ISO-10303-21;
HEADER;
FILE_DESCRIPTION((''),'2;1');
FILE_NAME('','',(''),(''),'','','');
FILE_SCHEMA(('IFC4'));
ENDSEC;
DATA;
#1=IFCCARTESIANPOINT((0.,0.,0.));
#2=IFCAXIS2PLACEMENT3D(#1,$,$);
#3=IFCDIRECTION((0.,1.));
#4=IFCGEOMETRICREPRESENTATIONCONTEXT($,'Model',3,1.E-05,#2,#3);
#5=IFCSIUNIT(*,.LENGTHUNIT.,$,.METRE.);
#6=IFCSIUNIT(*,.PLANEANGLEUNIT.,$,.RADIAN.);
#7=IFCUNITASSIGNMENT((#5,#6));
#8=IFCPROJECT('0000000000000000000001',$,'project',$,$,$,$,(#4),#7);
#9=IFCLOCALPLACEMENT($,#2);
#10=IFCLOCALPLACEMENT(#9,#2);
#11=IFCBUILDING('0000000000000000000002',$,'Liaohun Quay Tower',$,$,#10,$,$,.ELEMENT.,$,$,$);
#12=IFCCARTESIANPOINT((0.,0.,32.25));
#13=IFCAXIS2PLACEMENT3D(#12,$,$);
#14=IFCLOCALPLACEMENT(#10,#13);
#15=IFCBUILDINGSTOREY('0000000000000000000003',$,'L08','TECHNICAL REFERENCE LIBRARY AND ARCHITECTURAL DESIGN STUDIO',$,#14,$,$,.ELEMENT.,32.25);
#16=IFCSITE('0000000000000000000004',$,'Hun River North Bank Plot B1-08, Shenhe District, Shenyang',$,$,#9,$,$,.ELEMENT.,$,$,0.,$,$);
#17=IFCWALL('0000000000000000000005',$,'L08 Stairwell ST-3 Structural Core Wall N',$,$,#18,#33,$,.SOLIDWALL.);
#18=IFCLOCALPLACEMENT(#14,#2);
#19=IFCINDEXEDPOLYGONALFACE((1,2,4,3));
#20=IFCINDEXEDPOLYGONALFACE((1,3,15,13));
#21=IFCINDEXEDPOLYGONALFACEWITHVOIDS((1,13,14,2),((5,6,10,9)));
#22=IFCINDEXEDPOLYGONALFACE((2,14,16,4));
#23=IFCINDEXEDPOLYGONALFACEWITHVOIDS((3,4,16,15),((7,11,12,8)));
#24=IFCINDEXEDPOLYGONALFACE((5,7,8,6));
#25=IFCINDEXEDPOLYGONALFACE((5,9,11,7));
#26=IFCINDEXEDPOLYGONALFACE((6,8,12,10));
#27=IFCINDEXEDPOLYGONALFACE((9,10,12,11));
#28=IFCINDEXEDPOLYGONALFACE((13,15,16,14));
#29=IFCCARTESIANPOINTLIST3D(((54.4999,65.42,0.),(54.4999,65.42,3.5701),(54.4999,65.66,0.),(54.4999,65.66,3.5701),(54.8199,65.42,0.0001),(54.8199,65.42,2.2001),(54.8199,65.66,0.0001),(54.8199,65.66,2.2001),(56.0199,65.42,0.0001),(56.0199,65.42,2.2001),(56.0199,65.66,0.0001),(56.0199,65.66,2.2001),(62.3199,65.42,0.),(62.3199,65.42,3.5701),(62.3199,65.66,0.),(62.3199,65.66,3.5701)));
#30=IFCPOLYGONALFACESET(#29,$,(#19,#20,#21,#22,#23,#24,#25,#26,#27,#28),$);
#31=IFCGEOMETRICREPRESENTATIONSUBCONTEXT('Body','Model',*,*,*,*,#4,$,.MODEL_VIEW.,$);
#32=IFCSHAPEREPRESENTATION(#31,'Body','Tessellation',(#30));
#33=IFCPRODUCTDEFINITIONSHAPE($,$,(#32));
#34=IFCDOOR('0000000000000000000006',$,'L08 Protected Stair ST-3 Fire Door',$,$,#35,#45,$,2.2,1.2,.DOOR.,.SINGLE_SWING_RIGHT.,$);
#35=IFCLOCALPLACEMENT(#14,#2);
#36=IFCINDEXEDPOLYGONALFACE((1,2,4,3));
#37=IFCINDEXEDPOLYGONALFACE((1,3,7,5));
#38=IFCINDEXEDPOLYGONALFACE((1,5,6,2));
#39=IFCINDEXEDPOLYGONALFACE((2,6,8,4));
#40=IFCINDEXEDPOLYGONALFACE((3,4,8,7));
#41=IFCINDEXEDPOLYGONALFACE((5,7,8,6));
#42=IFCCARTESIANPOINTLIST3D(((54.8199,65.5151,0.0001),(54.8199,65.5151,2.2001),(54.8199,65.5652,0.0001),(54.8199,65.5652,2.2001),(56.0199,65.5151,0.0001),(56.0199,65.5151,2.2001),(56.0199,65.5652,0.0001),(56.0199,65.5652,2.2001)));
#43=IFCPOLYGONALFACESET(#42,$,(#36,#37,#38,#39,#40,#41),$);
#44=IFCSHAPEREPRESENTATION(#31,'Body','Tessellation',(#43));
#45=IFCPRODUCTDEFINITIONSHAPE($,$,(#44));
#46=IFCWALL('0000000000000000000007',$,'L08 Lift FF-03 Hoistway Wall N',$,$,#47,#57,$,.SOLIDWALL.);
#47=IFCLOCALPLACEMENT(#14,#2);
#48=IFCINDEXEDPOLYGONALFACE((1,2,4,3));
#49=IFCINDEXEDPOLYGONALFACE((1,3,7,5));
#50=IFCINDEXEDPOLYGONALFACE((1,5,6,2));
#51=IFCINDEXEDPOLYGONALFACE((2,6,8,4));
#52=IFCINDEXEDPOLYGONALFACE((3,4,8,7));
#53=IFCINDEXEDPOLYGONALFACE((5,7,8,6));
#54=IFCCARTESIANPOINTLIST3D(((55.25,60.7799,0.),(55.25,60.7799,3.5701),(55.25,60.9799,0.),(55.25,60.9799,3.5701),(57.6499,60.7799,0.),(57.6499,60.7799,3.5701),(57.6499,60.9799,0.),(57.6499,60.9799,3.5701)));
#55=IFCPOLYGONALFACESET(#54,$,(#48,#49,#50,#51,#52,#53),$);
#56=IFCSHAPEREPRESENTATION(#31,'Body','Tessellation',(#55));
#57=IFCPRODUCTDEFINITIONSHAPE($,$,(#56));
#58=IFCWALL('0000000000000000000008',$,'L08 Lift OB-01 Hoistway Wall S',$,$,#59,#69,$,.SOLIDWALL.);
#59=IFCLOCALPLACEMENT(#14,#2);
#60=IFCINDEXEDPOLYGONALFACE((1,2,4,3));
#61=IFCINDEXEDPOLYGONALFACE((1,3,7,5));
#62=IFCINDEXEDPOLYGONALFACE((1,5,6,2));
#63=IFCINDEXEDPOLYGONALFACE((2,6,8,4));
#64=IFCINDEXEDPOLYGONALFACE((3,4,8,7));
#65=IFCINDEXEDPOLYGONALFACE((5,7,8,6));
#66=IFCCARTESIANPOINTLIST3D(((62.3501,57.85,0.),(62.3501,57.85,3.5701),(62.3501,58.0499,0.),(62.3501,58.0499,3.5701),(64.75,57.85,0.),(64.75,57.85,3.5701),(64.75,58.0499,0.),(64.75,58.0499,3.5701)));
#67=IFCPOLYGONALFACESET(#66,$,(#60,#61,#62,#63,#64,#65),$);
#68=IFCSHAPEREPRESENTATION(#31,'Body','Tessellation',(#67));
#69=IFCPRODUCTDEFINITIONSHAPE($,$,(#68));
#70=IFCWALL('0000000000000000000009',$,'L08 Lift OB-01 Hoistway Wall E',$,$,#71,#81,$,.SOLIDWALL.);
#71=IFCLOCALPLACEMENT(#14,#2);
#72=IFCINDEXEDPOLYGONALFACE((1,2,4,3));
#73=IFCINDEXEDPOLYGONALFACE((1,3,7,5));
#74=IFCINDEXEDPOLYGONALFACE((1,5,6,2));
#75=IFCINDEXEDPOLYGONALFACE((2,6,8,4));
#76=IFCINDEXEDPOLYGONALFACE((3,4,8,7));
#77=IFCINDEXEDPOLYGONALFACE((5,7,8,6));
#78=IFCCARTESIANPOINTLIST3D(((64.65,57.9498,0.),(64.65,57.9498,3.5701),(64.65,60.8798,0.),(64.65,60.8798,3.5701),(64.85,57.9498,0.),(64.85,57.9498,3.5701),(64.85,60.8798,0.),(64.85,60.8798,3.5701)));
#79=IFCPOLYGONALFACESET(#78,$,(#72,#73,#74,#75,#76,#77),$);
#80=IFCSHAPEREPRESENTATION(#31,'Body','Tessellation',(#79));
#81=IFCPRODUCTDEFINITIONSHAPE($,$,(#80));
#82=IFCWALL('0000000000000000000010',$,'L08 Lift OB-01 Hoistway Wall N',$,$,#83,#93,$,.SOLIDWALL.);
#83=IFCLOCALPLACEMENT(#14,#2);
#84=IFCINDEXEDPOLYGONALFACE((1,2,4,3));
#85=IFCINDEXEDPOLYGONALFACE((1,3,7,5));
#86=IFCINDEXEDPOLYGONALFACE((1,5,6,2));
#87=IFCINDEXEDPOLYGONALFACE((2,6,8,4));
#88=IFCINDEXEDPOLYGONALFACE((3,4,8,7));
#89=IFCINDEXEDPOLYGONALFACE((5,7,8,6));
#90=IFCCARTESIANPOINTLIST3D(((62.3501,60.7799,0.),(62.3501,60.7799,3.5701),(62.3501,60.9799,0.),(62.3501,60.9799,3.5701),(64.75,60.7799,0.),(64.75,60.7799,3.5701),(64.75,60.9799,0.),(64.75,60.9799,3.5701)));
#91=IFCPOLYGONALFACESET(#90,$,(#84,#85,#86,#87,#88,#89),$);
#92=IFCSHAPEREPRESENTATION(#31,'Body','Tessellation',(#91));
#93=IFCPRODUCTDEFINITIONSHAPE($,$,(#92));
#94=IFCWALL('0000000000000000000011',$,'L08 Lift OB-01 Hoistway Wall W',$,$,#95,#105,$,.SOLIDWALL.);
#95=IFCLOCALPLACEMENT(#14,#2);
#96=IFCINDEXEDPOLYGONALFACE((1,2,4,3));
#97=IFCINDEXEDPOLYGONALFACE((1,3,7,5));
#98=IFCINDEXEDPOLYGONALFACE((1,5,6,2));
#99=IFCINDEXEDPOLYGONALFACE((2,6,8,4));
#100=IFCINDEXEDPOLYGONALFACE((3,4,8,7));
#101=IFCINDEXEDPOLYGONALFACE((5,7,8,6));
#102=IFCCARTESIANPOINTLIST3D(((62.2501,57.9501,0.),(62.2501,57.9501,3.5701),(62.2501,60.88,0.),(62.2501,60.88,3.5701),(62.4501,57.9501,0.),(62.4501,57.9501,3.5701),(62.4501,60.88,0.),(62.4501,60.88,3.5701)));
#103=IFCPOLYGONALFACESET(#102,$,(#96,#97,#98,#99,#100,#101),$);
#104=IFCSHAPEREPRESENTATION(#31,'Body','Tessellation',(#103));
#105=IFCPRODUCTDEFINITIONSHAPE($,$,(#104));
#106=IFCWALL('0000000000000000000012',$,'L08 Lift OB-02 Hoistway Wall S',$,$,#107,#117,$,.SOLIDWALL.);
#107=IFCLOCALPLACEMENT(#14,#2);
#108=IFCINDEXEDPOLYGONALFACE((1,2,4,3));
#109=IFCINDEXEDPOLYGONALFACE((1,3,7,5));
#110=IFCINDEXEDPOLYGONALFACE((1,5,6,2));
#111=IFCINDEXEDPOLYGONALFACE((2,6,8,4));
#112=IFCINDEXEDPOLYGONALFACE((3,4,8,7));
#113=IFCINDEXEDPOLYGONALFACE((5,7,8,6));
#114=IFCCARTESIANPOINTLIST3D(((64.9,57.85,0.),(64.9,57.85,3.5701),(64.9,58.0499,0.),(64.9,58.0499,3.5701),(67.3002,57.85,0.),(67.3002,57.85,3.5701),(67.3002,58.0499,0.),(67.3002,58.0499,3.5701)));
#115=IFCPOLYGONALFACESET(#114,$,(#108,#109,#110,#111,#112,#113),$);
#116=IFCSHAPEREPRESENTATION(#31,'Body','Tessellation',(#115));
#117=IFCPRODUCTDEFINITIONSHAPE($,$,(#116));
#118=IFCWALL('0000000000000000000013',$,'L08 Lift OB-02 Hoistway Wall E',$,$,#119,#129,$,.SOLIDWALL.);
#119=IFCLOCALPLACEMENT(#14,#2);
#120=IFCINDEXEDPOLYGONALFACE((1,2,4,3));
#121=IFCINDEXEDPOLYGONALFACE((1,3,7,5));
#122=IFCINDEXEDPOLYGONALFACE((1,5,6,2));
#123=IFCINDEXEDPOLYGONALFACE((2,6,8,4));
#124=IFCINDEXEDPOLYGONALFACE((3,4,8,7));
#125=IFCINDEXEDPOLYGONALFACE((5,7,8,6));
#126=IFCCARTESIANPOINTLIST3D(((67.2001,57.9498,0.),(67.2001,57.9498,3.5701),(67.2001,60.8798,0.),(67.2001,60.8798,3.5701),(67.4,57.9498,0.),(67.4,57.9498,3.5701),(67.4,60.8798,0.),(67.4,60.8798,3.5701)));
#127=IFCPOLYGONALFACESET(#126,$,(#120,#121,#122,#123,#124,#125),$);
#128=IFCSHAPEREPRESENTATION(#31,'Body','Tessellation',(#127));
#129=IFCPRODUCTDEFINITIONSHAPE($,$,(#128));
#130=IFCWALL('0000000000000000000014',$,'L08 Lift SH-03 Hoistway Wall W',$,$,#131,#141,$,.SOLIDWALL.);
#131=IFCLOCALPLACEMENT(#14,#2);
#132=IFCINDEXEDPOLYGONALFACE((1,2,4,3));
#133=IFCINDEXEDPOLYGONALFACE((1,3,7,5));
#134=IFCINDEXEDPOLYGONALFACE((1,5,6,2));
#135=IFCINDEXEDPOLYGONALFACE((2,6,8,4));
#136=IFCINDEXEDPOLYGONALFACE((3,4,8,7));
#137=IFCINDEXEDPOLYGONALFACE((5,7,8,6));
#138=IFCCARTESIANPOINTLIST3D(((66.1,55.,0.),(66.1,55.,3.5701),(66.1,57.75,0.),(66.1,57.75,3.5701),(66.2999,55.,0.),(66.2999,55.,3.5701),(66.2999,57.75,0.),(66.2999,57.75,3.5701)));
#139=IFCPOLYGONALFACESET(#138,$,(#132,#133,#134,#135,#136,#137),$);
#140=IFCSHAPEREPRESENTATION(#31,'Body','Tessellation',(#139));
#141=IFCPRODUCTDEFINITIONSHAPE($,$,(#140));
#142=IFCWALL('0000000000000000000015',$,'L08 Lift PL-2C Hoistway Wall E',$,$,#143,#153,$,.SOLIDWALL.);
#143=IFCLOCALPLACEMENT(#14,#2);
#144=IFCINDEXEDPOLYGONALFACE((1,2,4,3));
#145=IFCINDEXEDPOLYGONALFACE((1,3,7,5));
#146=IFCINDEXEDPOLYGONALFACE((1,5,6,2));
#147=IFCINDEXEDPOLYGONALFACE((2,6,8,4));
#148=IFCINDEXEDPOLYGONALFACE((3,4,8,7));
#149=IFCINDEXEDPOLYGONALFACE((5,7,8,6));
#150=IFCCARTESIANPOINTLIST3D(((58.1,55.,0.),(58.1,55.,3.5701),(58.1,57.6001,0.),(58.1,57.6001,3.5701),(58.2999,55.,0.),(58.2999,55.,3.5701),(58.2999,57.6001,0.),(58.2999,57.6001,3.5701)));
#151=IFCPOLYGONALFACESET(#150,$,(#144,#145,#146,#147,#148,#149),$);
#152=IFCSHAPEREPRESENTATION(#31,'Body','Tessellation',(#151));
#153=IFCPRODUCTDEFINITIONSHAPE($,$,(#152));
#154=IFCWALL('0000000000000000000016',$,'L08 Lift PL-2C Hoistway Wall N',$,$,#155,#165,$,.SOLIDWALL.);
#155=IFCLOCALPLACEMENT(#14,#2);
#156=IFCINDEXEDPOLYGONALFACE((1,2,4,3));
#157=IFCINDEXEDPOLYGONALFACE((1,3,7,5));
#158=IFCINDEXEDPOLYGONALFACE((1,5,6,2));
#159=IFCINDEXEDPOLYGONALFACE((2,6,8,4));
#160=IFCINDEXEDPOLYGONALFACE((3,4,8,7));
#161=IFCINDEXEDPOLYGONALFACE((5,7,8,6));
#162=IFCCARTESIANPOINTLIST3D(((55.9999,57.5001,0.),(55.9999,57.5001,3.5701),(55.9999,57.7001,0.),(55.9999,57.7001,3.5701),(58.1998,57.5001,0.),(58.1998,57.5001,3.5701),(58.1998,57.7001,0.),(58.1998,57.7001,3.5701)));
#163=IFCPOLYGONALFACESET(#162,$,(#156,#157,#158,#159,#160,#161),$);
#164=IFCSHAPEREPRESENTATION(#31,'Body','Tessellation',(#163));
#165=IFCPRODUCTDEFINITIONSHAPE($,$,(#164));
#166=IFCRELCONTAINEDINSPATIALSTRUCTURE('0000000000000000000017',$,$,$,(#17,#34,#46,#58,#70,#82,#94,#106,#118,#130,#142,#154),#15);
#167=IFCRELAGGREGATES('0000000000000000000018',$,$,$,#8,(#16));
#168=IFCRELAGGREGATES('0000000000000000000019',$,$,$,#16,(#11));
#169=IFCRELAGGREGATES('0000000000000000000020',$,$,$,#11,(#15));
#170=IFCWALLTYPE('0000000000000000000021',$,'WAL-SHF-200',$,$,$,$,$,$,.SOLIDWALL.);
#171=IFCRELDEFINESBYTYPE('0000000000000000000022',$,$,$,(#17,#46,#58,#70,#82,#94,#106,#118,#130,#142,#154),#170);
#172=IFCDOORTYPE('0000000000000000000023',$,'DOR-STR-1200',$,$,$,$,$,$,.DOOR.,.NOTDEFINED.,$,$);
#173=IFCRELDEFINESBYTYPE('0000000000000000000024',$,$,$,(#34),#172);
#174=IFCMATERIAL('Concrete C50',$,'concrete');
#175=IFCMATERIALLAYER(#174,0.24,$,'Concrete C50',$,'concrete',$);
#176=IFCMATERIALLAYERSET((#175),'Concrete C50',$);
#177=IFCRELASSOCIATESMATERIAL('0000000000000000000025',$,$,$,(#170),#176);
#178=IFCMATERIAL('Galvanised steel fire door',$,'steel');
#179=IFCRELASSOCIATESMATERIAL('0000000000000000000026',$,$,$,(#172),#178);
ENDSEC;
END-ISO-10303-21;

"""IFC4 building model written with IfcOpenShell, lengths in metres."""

from ifc_helpers import new_model, si_unit, direction, frame, frame_2d, origin, place, context, subcontext, project, spatial, rectangle, extrude, source, transform, mapped, material, layer, layer_set, type_object, element, fill, save


model = new_model("IFC4")

# Units and contexts
model_context = context("Model", 3, precision=1e-05, world=origin(), true_north=direction((0.0, 1.0)))
body_context = subcontext(model_context, "Body", "Model", "MODEL_VIEW")
ifc_project = project(units=[si_unit("LENGTHUNIT", "METRE"), si_unit("PLANEANGLEUNIT", "RADIAN")], contexts=[model_context])

# Site, building, storey
site_placement = place(None, origin())
site = spatial("IfcSite", under=ifc_project, at=site_placement, Name="Hun River North Bank Plot B1-08, Shenhe District, Shenyang", CompositionType="ELEMENT", RefElevation=0.0)
building_placement = place(site_placement, origin())
building = spatial("IfcBuilding", under=site, at=building_placement, Name="Liaohun Quay Tower", CompositionType="ELEMENT")
storey_placement = place(building_placement, frame((0.0, 0.0, 32.25)))
storey = spatial("IfcBuildingStorey", under=building, at=storey_placement, Name="L08", Description="TECHNICAL REFERENCE LIBRARY AND ARCHITECTURAL DESIGN STUDIO", CompositionType="ELEMENT", Elevation=32.25)

# Shared definitions
ifc_material_1 = material(Name="Concrete C50", Category="concrete")
ifc_layer_1 = layer(ifc_material_1, 0.24, Name="Concrete C50", Category="concrete")
ifc_layer_set_1 = layer_set([ifc_layer_1], Name="Concrete C50")
wall_type_1 = type_object("IfcWallType", Name="WAL-SHF-200", PredefinedType="SOLIDWALL", material=ifc_layer_set_1)

# Wall, opening, door
wall_1_placement = place(storey_placement, frame((62.3201, 65.54, 0.0), z_axis=(0.0, 0.0, 1.0), x_axis=(-1.0, 0.0, 0.0)))
wall_1 = element("IfcWall", 1, at=wall_1_placement, inside=storey, type_object=wall_type_1, Name="L08 Stairwell ST-3 Structural Core Wall N", PredefinedType="SOLIDWALL", context=body_context, shape_type="SweptSolid", body=[
    extrude(rectangle(XDim=7.8201, YDim=0.24, at=frame_2d((3.9102, 0.0))), origin(), (0.0, 0.0, 1.0), 3.5701),
])
shared_shape_1 = source(origin(), body_context, "Body", "SweptSolid", [
    extrude(rectangle(XDim=1.2, YDim=2.2, at=frame_2d((0.6001, 1.1001))), frame((0.0, 0.1299, 0.0), z_axis=(0.0, -1.0, 0.0), x_axis=(1.0, 0.0, 0.0)), (0.0, 0.0, 1.0), 0.26),
])
opening_1_placement = place(wall_1_placement, frame((6.3, 0.0, 0.0)))
opening_1 = element("IfcOpeningElement", 2, at=opening_1_placement, cuts=wall_1, PredefinedType="OPENING", context=body_context, shape_type="MappedRepresentation", body=[
    mapped(shared_shape_1, transform((0.0, 0.0, 0.0), x_axis=(1.0, 0.0, 0.0), y_axis=(0.0, 1.0, 0.0), z_axis=(0.0, 0.0, 1.0), scale=1.0)),
])
ifc_material_2 = material(Name="Galvanised steel fire door", Category="steel")
door_type_1 = type_object("IfcDoorType", Name="DOR-STR-1200", OperationType="NOTDEFINED", PredefinedType="DOOR", material=ifc_material_2)
shared_shape_2 = source(origin(), body_context, "Body", "SweptSolid", [
    extrude(rectangle(XDim=1.2, YDim=2.2, at=frame_2d((0.6001, 1.1001))), frame((0.0, 0.0249, 0.0), z_axis=(0.0, -1.0, 0.0), x_axis=(1.0, 0.0, 0.0)), (0.0, 0.0, 1.0), 0.05),
])
door_1_placement = place(opening_1_placement, origin())
door_1 = element("IfcDoor", 3, at=door_1_placement, inside=storey, type_object=door_type_1, Name="L08 Protected Stair ST-3 Fire Door", OperationType="SINGLE_SWING_RIGHT", OverallHeight=2.2, OverallWidth=1.2, PredefinedType="DOOR", context=body_context, shape_type="MappedRepresentation", body=[
    mapped(shared_shape_2, transform((0.0, 0.0, 0.0), x_axis=(1.0, 0.0, 0.0), y_axis=(0.0, 1.0, 0.0), z_axis=(0.0, 0.0, 1.0), scale=1.0)),
])
fill(opening_1, door_1)

# Walls
for number, where, z_axis, x_axis, name in (
    (4, (57.6499, 60.8799, 0.0), (0.0, 0.0, 1.0), (-1.0, 0.0, 0.0), "L08 Lift FF-03 Hoistway Wall N"),
    (5, (62.3501, 57.95, 0.0), (0.0, 0.0, 1.0), (1.0, 0.0, 0.0), "L08 Lift OB-01 Hoistway Wall S"),
):
    element("IfcWall", number, at=place(storey_placement, frame(where, z_axis=z_axis, x_axis=x_axis)), inside=storey, type_object=wall_type_1, Name=name, PredefinedType="SOLIDWALL", context=body_context, shape_type="SweptSolid", body=[
        extrude(rectangle(XDim=2.3999, YDim=0.2, at=frame_2d((1.2, 0.0))), origin(), (0.0, 0.0, 1.0), 3.5701),
    ])
wall_2_placement = place(storey_placement, frame((64.75, 57.95, 0.0), z_axis=(0.0, 0.0, 1.0), x_axis=(0.0, 1.0, 0.0)))
element("IfcWall", 6, at=wall_2_placement, inside=storey, type_object=wall_type_1, Name="L08 Lift OB-01 Hoistway Wall E", PredefinedType="SOLIDWALL", context=body_context, shape_type="SweptSolid", body=[
    extrude(rectangle(XDim=2.9299, YDim=0.2, at=frame_2d((1.4648, 0.0))), origin(), (0.0, 0.0, 1.0), 3.5701),
])
wall_3_placement = place(storey_placement, frame((64.75, 60.8799, 0.0), z_axis=(0.0, 0.0, 1.0), x_axis=(-1.0, 0.0, 0.0)))
element("IfcWall", 7, at=wall_3_placement, inside=storey, type_object=wall_type_1, Name="L08 Lift OB-01 Hoistway Wall N", PredefinedType="SOLIDWALL", context=body_context, shape_type="SweptSolid", body=[
    extrude(rectangle(XDim=2.3999, YDim=0.2, at=frame_2d((1.2, 0.0))), origin(), (0.0, 0.0, 1.0), 3.5701),
])
wall_4_placement = place(storey_placement, frame((62.3501, 60.8799, 0.0), z_axis=(0.0, 0.0, 1.0), x_axis=(0.0, -1.0, 0.0)))
element("IfcWall", 8, at=wall_4_placement, inside=storey, type_object=wall_type_1, Name="L08 Lift OB-01 Hoistway Wall W", PredefinedType="SOLIDWALL", context=body_context, shape_type="SweptSolid", body=[
    extrude(rectangle(XDim=2.9299, YDim=0.2, at=frame_2d((1.4648, 0.0))), origin(), (0.0, 0.0, 1.0), 3.5701),
])
wall_5_placement = place(storey_placement, frame((64.8999, 57.95, 0.0), z_axis=(0.0, 0.0, 1.0), x_axis=(1.0, 0.0, 0.0)))
element("IfcWall", 9, at=wall_5_placement, inside=storey, type_object=wall_type_1, Name="L08 Lift OB-02 Hoistway Wall S", PredefinedType="SOLIDWALL", context=body_context, shape_type="SweptSolid", body=[
    extrude(rectangle(XDim=2.4001, YDim=0.2, at=frame_2d((1.2002, 0.0))), origin(), (0.0, 0.0, 1.0), 3.5701),
])
wall_6_placement = place(storey_placement, frame((67.3, 57.95, 0.0), z_axis=(0.0, 0.0, 1.0), x_axis=(0.0, 1.0, 0.0)))
element("IfcWall", 10, at=wall_6_placement, inside=storey, type_object=wall_type_1, Name="L08 Lift OB-02 Hoistway Wall E", PredefinedType="SOLIDWALL", context=body_context, shape_type="SweptSolid", body=[
    extrude(rectangle(XDim=2.9299, YDim=0.2, at=frame_2d((1.4648, 0.0))), origin(), (0.0, 0.0, 1.0), 3.5701),
])
wall_7_placement = place(storey_placement, frame((66.2, 57.75, 0.0), z_axis=(0.0, 0.0, 1.0), x_axis=(0.0, -1.0, 0.0)))
element("IfcWall", 11, at=wall_7_placement, inside=storey, type_object=wall_type_1, Name="L08 Lift SH-03 Hoistway Wall W", PredefinedType="SOLIDWALL", context=body_context, shape_type="SweptSolid", body=[
    extrude(rectangle(XDim=2.75, YDim=0.2, at=frame_2d((1.375, 0.0))), origin(), (0.0, 0.0, 1.0), 3.5701),
])
wall_8_placement = place(storey_placement, frame((58.2, 55.0, 0.0), z_axis=(0.0, 0.0, 1.0), x_axis=(0.0, 1.0, 0.0)))
element("IfcWall", 12, at=wall_8_placement, inside=storey, type_object=wall_type_1, Name="L08 Lift PL-2C Hoistway Wall E", PredefinedType="SOLIDWALL", context=body_context, shape_type="SweptSolid", body=[
    extrude(rectangle(XDim=2.6001, YDim=0.2, at=frame_2d((1.3, 0.0))), origin(), (0.0, 0.0, 1.0), 3.5701),
])
wall_9_placement = place(storey_placement, frame((58.2, 57.6001, 0.0), z_axis=(0.0, 0.0, 1.0), x_axis=(-1.0, 0.0, 0.0)))
element("IfcWall", 13, at=wall_9_placement, inside=storey, type_object=wall_type_1, Name="L08 Lift PL-2C Hoistway Wall N", PredefinedType="SOLIDWALL", context=body_context, shape_type="SweptSolid", body=[
    extrude(rectangle(XDim=2.2, YDim=0.2, at=frame_2d((1.1001, 0.0))), origin(), (0.0, 0.0, 1.0), 3.5701),
])

save(model, "model.ifc")
